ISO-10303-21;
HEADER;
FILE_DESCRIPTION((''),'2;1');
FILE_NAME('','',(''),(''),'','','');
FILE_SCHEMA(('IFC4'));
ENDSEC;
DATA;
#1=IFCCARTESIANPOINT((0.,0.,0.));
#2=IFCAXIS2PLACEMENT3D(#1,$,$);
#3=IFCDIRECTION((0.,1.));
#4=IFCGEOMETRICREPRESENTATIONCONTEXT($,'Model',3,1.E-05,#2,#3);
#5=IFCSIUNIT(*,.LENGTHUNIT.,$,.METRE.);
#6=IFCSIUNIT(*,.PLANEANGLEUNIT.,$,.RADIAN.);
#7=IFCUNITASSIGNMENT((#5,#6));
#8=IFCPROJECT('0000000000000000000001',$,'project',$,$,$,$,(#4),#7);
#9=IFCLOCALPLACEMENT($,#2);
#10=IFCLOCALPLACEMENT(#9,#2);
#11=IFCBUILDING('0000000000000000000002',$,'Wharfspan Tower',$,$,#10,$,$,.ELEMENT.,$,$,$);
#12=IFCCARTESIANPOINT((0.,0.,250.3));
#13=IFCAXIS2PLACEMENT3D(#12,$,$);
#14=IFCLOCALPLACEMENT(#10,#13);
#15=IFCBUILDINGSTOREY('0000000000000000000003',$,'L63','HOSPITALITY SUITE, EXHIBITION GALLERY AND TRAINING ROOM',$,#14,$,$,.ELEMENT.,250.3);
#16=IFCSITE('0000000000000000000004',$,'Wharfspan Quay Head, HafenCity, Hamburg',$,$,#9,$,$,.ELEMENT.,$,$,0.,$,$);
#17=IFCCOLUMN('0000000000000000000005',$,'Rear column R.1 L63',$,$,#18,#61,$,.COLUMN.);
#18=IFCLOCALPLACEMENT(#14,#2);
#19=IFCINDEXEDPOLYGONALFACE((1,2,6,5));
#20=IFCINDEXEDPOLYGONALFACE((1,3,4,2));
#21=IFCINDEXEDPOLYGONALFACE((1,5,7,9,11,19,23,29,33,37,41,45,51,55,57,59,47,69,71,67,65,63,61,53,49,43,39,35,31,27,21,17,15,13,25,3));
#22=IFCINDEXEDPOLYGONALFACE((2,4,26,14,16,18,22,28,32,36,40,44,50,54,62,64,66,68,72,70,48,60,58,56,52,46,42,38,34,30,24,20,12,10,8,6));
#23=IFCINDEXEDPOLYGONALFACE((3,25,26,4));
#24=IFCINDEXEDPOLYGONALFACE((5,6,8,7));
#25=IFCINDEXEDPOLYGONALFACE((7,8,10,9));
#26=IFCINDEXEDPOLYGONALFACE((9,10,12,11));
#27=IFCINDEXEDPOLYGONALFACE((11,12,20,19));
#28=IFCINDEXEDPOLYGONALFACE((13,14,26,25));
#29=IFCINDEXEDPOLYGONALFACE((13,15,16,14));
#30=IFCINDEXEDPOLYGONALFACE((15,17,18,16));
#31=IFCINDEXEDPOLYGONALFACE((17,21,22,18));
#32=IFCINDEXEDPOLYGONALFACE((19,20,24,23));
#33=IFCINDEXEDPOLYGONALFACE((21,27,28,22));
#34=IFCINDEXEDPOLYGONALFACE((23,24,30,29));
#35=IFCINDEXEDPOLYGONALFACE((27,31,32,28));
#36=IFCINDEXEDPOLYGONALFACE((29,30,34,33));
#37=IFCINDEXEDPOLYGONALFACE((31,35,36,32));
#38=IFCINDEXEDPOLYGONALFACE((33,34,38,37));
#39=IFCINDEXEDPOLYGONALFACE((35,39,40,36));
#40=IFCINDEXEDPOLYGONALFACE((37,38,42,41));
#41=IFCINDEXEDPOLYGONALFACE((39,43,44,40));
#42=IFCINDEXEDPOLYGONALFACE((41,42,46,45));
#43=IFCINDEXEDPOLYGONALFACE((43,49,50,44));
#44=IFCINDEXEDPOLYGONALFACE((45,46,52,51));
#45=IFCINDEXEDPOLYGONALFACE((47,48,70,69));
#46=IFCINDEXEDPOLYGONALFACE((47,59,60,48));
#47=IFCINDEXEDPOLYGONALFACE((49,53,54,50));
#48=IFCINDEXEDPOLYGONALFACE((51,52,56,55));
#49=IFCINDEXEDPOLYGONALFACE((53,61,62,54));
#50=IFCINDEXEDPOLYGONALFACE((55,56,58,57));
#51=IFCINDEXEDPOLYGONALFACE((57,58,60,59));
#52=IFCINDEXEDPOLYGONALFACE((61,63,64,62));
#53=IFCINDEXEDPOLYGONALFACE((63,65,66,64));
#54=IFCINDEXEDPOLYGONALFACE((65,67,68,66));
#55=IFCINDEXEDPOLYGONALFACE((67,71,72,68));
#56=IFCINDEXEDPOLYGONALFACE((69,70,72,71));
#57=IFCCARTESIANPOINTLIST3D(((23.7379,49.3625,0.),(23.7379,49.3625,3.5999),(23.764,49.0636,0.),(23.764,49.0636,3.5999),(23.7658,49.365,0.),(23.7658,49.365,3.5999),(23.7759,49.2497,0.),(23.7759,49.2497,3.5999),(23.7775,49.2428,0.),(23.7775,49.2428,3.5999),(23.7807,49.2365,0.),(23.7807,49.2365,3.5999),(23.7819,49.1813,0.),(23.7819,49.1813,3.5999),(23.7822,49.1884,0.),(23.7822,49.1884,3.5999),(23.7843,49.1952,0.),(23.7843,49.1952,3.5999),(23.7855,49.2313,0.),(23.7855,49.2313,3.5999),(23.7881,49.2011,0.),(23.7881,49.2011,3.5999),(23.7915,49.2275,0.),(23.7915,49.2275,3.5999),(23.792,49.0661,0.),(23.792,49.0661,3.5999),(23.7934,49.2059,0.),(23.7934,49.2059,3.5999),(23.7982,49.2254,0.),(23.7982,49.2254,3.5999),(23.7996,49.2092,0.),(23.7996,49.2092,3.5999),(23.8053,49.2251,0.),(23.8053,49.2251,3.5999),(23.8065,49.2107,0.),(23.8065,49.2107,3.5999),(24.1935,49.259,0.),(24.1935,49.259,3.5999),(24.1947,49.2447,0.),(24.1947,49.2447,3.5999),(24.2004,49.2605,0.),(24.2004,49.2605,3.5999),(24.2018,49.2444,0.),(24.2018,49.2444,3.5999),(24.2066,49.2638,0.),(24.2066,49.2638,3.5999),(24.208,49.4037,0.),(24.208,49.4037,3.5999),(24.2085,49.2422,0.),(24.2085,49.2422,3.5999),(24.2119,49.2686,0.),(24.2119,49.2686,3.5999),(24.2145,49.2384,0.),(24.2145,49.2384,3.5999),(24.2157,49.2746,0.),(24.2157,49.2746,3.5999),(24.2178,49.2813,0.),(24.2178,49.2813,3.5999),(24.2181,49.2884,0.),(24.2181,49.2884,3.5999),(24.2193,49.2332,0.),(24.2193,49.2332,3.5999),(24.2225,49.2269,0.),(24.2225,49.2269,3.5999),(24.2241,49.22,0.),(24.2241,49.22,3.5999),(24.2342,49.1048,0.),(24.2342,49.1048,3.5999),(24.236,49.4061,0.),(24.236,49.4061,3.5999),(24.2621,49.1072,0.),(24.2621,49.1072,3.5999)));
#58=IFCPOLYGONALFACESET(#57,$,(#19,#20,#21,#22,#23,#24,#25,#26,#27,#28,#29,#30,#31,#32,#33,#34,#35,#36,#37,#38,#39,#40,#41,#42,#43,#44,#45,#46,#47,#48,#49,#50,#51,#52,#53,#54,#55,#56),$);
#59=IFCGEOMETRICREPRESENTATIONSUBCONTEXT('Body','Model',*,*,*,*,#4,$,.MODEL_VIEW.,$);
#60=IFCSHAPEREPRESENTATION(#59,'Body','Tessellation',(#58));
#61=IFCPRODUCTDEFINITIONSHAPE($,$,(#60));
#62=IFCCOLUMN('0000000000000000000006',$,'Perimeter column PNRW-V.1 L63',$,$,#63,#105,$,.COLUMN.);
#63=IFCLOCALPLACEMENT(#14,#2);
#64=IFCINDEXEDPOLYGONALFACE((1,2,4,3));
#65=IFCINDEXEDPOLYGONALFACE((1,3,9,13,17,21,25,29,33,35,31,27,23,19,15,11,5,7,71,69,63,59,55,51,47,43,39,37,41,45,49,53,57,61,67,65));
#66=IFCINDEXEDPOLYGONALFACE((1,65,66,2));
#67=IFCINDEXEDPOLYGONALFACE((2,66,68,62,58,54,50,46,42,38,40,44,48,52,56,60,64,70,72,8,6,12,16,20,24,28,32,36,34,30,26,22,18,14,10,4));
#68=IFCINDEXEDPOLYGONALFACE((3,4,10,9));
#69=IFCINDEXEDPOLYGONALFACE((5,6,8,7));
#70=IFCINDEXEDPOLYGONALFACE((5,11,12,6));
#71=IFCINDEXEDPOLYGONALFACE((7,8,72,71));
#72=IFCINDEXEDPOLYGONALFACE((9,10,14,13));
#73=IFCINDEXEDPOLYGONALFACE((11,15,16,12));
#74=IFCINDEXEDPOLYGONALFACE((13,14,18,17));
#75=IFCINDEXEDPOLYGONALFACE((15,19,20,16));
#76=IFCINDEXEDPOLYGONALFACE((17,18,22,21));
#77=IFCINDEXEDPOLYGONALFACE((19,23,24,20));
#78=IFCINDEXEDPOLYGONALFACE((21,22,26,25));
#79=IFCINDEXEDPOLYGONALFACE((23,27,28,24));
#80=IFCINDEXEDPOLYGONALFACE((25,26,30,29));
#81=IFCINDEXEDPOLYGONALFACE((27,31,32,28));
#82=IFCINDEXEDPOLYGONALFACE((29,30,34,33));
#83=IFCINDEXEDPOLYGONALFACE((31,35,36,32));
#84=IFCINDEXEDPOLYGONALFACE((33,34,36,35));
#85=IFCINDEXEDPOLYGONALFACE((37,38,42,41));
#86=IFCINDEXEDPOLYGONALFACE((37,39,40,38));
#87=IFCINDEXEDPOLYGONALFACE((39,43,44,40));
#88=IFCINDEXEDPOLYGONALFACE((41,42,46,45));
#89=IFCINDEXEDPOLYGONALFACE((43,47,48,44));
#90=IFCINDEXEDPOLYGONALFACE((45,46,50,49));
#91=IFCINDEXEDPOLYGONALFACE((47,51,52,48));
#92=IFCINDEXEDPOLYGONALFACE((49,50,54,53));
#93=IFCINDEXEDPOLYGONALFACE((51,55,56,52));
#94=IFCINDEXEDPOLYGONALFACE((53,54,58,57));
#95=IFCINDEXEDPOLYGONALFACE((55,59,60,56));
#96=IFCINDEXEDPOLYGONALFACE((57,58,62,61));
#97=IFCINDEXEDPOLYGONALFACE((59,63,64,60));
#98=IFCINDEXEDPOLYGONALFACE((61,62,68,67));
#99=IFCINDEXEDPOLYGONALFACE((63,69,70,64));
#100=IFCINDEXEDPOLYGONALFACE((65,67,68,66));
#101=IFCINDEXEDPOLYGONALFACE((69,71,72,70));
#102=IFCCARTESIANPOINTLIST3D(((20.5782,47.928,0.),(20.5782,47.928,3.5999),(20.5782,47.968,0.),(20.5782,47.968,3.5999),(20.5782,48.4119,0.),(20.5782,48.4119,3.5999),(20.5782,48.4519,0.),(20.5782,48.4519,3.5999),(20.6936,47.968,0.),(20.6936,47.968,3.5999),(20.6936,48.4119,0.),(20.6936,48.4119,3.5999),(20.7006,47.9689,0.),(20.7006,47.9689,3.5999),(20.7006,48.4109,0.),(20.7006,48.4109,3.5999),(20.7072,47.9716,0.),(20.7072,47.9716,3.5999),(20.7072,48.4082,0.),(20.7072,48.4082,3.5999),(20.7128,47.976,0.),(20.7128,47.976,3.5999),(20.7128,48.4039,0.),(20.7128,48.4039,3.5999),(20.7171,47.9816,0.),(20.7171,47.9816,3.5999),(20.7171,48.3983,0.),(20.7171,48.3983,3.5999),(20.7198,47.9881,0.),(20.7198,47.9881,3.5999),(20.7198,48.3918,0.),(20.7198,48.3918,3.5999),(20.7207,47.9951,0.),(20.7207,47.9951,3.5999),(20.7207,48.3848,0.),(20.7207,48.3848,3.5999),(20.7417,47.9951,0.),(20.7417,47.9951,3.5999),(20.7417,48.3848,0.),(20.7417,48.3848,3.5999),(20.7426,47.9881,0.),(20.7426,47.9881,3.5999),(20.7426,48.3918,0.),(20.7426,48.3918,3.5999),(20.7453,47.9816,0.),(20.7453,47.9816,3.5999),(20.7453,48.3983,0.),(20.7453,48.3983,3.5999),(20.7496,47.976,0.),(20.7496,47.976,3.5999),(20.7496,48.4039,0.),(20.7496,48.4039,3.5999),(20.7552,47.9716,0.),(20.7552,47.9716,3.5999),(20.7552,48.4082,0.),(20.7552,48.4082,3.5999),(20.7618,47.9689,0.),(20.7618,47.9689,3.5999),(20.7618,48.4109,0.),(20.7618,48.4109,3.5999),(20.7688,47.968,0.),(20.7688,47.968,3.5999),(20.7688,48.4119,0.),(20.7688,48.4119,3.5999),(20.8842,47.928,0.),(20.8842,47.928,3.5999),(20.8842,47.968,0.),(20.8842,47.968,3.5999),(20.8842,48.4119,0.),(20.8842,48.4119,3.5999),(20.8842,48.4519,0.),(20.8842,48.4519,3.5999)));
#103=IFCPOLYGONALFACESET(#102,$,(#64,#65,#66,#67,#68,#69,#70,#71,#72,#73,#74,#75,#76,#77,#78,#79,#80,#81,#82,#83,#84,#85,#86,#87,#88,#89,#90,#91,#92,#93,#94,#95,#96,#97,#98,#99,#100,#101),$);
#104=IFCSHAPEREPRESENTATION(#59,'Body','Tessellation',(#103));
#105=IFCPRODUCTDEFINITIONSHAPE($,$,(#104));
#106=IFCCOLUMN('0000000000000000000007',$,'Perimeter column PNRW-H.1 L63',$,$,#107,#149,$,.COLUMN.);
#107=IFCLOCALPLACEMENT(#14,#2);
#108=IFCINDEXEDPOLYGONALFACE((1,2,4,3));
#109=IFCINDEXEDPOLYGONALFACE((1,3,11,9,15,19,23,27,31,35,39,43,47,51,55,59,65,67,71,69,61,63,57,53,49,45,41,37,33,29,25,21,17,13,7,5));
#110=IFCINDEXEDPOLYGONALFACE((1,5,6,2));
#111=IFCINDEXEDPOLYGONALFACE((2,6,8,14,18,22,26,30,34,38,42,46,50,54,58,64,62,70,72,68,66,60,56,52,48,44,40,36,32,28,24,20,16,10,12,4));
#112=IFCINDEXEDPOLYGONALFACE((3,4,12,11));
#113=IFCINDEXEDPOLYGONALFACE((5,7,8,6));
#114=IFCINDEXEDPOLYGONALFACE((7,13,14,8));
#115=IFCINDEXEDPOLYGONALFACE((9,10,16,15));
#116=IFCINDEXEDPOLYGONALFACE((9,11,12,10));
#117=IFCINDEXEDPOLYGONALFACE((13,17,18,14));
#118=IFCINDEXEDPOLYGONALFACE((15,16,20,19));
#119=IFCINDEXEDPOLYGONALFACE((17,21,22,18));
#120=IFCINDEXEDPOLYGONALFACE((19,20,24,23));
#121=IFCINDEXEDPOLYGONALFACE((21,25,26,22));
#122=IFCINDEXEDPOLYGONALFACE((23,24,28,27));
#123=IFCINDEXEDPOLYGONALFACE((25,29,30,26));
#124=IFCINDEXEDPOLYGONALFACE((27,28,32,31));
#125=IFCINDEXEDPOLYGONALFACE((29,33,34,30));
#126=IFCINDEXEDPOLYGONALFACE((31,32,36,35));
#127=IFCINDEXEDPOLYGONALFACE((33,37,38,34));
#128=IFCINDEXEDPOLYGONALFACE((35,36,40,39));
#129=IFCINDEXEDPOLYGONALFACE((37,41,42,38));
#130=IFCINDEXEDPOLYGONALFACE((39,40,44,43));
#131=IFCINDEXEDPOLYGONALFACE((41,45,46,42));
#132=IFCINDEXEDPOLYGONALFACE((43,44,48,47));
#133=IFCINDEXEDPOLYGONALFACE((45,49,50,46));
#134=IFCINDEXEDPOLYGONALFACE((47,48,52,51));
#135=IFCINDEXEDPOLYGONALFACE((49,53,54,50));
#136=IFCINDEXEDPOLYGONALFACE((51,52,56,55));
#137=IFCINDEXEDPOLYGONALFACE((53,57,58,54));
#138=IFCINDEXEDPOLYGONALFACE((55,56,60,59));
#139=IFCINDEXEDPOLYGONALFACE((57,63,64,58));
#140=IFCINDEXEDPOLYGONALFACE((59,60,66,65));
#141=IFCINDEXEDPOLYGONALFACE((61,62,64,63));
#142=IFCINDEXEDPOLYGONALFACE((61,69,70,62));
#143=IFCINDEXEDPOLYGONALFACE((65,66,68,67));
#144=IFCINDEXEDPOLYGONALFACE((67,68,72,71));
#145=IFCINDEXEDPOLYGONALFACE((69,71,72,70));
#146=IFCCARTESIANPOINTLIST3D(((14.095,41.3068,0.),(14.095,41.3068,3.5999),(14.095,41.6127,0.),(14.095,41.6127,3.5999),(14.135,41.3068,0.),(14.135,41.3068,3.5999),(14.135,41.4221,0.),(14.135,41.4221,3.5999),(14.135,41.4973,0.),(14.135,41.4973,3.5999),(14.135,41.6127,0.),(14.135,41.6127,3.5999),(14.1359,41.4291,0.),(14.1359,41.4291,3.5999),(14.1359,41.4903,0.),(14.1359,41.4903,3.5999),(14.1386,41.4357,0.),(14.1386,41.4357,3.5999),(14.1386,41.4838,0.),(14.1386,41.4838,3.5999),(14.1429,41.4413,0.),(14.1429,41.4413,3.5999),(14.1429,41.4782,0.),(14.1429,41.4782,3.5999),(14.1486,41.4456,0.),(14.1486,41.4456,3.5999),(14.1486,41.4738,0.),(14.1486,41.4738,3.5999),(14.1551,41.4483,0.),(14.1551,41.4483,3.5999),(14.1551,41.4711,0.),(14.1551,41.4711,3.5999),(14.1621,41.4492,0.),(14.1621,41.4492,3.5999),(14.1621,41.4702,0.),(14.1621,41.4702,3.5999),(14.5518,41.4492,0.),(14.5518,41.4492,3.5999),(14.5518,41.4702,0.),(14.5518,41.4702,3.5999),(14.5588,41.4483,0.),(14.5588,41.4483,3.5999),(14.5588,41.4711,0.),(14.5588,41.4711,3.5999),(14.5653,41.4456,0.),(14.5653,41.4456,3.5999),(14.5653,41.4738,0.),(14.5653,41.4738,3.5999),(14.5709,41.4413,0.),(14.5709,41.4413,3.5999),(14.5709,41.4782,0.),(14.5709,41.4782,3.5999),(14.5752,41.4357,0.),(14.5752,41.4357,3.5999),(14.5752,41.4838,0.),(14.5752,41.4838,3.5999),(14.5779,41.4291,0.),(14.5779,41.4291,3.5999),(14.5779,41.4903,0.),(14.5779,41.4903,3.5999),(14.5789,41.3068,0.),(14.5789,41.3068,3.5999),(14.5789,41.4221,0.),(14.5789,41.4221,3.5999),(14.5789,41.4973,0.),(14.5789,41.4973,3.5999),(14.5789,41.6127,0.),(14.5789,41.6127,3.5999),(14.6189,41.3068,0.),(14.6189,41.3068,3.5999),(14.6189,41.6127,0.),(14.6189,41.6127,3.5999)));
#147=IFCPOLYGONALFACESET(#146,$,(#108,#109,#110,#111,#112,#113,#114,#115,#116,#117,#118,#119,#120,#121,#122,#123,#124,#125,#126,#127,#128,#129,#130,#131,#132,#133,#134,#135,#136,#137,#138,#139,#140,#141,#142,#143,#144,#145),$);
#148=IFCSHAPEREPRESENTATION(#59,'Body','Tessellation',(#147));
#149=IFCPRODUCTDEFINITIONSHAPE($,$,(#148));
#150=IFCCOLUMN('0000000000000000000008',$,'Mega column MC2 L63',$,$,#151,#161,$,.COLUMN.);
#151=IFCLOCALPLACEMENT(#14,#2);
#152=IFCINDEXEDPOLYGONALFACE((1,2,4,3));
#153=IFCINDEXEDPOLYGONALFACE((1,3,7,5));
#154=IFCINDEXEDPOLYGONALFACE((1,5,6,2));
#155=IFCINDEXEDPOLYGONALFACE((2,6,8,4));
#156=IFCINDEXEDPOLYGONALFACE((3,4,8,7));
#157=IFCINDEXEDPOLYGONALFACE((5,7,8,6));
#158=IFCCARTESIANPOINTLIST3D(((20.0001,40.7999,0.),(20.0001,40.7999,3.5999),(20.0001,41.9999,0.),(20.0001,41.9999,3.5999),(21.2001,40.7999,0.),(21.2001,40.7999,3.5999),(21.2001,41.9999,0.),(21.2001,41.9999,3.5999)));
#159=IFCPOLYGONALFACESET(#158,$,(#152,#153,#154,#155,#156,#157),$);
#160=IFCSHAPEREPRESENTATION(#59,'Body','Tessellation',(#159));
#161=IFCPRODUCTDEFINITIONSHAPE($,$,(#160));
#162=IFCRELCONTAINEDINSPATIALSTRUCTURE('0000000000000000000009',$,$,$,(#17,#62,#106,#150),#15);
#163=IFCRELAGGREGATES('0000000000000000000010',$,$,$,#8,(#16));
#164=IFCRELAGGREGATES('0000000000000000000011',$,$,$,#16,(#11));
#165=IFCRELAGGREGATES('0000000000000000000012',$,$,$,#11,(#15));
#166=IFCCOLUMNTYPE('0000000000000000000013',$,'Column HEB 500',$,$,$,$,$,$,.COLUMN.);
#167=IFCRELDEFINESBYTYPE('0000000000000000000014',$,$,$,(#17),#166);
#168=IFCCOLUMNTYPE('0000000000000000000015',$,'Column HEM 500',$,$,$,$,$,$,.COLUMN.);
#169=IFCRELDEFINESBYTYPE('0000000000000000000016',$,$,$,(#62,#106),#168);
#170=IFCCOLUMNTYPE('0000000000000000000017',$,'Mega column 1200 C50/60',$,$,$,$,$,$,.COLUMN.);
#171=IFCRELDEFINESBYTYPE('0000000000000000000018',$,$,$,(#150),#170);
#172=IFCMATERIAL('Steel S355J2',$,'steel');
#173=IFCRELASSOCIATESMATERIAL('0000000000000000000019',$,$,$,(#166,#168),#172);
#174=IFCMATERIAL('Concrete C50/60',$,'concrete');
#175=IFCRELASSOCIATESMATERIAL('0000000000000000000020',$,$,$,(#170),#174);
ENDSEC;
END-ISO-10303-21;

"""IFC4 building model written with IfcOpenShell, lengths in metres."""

from ifc_helpers import new_model, si_unit, direction, frame, origin, origin_2d, place, context, subcontext, project, spatial, rectangle, i_section, extrude, material, material_profile, profile_set, type_object, element, save


model = new_model("IFC4")

# Units and contexts
model_context = context("Model", 3, precision=1e-05, world=origin(), true_north=direction((0.0, 1.0)))
body_context = subcontext(model_context, "Body", "Model", "MODEL_VIEW")
ifc_project = project(units=[si_unit("LENGTHUNIT", "METRE"), si_unit("PLANEANGLEUNIT", "RADIAN")], contexts=[model_context])

# Site, building, storey
site_placement = place(None, origin())
site = spatial("IfcSite", under=ifc_project, at=site_placement, Name="Wharfspan Quay Head, HafenCity, Hamburg", CompositionType="ELEMENT", RefElevation=0.0)
building_placement = place(site_placement, origin())
building = spatial("IfcBuilding", under=site, at=building_placement, Name="Wharfspan Tower", CompositionType="ELEMENT")
storey_placement = place(building_placement, frame((0.0, 0.0, 250.3)))
storey = spatial("IfcBuildingStorey", under=building, at=storey_placement, Name="L63", Description="HOSPITALITY SUITE, EXHIBITION GALLERY AND TRAINING ROOM", CompositionType="ELEMENT", Elevation=250.3)

# Columns
ifc_material_1 = material(Name="Steel S355J2", Category="steel")
ifc_material_profile_1 = material_profile(ifc_material_1, i_section(OverallWidth=0.3, OverallDepth=0.5, WebThickness=0.0144, FlangeThickness=0.0281, FilletRadius=0.0271, at=origin_2d()))
ifc_profile_set_1 = profile_set([ifc_material_profile_1], Name="Steel S355J2")
column_type_1 = type_object("IfcColumnType", Name="Column HEB 500", PredefinedType="COLUMN", material=ifc_profile_set_1)
column_1_placement = place(storey_placement, frame((24.0, 49.2349, 0.0), z_axis=(0.0, 0.0, 1.0), x_axis=(-0.087156, 0.996197, 0.0)))
element("IfcColumn", 1, at=column_1_placement, inside=storey, type_object=column_type_1, Name="Rear column R.1 L63", PredefinedType="COLUMN", context=body_context, shape_type="SweptSolid", body=[
    extrude(i_section(OverallWidth=0.3, OverallDepth=0.5, WebThickness=0.0144, FlangeThickness=0.0281, FilletRadius=0.0271, at=origin_2d()), origin(), (0.0, 0.0, 1.0), 3.5999),
])
ifc_material_profile_2 = material_profile(ifc_material_1, i_section(OverallWidth=0.3059, OverallDepth=0.5239, WebThickness=0.021, FlangeThickness=0.04, FilletRadius=0.0271, at=origin_2d()))
ifc_profile_set_2 = profile_set([ifc_material_profile_2], Name="Steel S355J2")
column_type_2 = type_object("IfcColumnType", Name="Column HEM 500", PredefinedType="COLUMN", material=ifc_profile_set_2)
for number, where, z_axis, x_axis, name in (
    (2, (20.7312, 48.1899, 0.0), (0.0, 0.0, 1.0), (-1.0, 0.0, 0.0), "Perimeter column PNRW-V.1 L63"),
    (3, (14.3569, 41.4597, 0.0), (0.0, 0.0, 1.0), (0.0, 1.0, 0.0), "Perimeter column PNRW-H.1 L63"),
):
    element("IfcColumn", number, at=place(storey_placement, frame(where, z_axis=z_axis, x_axis=x_axis)), inside=storey, type_object=column_type_2, Name=name, PredefinedType="COLUMN", context=body_context, shape_type="SweptSolid", body=[
        extrude(i_section(OverallWidth=0.3059, OverallDepth=0.5239, WebThickness=0.021, FlangeThickness=0.04, FilletRadius=0.0271, at=origin_2d()), origin(), (0.0, 0.0, 1.0), 3.5999),
    ])
ifc_material_2 = material(Name="Concrete C50/60", Category="concrete")
ifc_material_profile_3 = material_profile(ifc_material_2, rectangle(XDim=1.2, YDim=1.2, at=origin_2d()))
ifc_profile_set_3 = profile_set([ifc_material_profile_3], Name="Concrete C50/60")
column_type_3 = type_object("IfcColumnType", Name="Mega column 1200 C50/60", PredefinedType="COLUMN", material=ifc_profile_set_3)
column_2_placement = place(storey_placement, frame((20.6001, 41.3999, 0.0), z_axis=(0.0, 0.0, 1.0), x_axis=(1.0, 0.0, 0.0)))
element("IfcColumn", 4, at=column_2_placement, inside=storey, type_object=column_type_3, Name="Mega column MC2 L63", PredefinedType="COLUMN", context=body_context, shape_type="SweptSolid", body=[
    extrude(rectangle(XDim=1.2, YDim=1.2, at=origin_2d()), origin(), (0.0, 0.0, 1.0), 3.5999),
])

save(model, "model.ifc")
